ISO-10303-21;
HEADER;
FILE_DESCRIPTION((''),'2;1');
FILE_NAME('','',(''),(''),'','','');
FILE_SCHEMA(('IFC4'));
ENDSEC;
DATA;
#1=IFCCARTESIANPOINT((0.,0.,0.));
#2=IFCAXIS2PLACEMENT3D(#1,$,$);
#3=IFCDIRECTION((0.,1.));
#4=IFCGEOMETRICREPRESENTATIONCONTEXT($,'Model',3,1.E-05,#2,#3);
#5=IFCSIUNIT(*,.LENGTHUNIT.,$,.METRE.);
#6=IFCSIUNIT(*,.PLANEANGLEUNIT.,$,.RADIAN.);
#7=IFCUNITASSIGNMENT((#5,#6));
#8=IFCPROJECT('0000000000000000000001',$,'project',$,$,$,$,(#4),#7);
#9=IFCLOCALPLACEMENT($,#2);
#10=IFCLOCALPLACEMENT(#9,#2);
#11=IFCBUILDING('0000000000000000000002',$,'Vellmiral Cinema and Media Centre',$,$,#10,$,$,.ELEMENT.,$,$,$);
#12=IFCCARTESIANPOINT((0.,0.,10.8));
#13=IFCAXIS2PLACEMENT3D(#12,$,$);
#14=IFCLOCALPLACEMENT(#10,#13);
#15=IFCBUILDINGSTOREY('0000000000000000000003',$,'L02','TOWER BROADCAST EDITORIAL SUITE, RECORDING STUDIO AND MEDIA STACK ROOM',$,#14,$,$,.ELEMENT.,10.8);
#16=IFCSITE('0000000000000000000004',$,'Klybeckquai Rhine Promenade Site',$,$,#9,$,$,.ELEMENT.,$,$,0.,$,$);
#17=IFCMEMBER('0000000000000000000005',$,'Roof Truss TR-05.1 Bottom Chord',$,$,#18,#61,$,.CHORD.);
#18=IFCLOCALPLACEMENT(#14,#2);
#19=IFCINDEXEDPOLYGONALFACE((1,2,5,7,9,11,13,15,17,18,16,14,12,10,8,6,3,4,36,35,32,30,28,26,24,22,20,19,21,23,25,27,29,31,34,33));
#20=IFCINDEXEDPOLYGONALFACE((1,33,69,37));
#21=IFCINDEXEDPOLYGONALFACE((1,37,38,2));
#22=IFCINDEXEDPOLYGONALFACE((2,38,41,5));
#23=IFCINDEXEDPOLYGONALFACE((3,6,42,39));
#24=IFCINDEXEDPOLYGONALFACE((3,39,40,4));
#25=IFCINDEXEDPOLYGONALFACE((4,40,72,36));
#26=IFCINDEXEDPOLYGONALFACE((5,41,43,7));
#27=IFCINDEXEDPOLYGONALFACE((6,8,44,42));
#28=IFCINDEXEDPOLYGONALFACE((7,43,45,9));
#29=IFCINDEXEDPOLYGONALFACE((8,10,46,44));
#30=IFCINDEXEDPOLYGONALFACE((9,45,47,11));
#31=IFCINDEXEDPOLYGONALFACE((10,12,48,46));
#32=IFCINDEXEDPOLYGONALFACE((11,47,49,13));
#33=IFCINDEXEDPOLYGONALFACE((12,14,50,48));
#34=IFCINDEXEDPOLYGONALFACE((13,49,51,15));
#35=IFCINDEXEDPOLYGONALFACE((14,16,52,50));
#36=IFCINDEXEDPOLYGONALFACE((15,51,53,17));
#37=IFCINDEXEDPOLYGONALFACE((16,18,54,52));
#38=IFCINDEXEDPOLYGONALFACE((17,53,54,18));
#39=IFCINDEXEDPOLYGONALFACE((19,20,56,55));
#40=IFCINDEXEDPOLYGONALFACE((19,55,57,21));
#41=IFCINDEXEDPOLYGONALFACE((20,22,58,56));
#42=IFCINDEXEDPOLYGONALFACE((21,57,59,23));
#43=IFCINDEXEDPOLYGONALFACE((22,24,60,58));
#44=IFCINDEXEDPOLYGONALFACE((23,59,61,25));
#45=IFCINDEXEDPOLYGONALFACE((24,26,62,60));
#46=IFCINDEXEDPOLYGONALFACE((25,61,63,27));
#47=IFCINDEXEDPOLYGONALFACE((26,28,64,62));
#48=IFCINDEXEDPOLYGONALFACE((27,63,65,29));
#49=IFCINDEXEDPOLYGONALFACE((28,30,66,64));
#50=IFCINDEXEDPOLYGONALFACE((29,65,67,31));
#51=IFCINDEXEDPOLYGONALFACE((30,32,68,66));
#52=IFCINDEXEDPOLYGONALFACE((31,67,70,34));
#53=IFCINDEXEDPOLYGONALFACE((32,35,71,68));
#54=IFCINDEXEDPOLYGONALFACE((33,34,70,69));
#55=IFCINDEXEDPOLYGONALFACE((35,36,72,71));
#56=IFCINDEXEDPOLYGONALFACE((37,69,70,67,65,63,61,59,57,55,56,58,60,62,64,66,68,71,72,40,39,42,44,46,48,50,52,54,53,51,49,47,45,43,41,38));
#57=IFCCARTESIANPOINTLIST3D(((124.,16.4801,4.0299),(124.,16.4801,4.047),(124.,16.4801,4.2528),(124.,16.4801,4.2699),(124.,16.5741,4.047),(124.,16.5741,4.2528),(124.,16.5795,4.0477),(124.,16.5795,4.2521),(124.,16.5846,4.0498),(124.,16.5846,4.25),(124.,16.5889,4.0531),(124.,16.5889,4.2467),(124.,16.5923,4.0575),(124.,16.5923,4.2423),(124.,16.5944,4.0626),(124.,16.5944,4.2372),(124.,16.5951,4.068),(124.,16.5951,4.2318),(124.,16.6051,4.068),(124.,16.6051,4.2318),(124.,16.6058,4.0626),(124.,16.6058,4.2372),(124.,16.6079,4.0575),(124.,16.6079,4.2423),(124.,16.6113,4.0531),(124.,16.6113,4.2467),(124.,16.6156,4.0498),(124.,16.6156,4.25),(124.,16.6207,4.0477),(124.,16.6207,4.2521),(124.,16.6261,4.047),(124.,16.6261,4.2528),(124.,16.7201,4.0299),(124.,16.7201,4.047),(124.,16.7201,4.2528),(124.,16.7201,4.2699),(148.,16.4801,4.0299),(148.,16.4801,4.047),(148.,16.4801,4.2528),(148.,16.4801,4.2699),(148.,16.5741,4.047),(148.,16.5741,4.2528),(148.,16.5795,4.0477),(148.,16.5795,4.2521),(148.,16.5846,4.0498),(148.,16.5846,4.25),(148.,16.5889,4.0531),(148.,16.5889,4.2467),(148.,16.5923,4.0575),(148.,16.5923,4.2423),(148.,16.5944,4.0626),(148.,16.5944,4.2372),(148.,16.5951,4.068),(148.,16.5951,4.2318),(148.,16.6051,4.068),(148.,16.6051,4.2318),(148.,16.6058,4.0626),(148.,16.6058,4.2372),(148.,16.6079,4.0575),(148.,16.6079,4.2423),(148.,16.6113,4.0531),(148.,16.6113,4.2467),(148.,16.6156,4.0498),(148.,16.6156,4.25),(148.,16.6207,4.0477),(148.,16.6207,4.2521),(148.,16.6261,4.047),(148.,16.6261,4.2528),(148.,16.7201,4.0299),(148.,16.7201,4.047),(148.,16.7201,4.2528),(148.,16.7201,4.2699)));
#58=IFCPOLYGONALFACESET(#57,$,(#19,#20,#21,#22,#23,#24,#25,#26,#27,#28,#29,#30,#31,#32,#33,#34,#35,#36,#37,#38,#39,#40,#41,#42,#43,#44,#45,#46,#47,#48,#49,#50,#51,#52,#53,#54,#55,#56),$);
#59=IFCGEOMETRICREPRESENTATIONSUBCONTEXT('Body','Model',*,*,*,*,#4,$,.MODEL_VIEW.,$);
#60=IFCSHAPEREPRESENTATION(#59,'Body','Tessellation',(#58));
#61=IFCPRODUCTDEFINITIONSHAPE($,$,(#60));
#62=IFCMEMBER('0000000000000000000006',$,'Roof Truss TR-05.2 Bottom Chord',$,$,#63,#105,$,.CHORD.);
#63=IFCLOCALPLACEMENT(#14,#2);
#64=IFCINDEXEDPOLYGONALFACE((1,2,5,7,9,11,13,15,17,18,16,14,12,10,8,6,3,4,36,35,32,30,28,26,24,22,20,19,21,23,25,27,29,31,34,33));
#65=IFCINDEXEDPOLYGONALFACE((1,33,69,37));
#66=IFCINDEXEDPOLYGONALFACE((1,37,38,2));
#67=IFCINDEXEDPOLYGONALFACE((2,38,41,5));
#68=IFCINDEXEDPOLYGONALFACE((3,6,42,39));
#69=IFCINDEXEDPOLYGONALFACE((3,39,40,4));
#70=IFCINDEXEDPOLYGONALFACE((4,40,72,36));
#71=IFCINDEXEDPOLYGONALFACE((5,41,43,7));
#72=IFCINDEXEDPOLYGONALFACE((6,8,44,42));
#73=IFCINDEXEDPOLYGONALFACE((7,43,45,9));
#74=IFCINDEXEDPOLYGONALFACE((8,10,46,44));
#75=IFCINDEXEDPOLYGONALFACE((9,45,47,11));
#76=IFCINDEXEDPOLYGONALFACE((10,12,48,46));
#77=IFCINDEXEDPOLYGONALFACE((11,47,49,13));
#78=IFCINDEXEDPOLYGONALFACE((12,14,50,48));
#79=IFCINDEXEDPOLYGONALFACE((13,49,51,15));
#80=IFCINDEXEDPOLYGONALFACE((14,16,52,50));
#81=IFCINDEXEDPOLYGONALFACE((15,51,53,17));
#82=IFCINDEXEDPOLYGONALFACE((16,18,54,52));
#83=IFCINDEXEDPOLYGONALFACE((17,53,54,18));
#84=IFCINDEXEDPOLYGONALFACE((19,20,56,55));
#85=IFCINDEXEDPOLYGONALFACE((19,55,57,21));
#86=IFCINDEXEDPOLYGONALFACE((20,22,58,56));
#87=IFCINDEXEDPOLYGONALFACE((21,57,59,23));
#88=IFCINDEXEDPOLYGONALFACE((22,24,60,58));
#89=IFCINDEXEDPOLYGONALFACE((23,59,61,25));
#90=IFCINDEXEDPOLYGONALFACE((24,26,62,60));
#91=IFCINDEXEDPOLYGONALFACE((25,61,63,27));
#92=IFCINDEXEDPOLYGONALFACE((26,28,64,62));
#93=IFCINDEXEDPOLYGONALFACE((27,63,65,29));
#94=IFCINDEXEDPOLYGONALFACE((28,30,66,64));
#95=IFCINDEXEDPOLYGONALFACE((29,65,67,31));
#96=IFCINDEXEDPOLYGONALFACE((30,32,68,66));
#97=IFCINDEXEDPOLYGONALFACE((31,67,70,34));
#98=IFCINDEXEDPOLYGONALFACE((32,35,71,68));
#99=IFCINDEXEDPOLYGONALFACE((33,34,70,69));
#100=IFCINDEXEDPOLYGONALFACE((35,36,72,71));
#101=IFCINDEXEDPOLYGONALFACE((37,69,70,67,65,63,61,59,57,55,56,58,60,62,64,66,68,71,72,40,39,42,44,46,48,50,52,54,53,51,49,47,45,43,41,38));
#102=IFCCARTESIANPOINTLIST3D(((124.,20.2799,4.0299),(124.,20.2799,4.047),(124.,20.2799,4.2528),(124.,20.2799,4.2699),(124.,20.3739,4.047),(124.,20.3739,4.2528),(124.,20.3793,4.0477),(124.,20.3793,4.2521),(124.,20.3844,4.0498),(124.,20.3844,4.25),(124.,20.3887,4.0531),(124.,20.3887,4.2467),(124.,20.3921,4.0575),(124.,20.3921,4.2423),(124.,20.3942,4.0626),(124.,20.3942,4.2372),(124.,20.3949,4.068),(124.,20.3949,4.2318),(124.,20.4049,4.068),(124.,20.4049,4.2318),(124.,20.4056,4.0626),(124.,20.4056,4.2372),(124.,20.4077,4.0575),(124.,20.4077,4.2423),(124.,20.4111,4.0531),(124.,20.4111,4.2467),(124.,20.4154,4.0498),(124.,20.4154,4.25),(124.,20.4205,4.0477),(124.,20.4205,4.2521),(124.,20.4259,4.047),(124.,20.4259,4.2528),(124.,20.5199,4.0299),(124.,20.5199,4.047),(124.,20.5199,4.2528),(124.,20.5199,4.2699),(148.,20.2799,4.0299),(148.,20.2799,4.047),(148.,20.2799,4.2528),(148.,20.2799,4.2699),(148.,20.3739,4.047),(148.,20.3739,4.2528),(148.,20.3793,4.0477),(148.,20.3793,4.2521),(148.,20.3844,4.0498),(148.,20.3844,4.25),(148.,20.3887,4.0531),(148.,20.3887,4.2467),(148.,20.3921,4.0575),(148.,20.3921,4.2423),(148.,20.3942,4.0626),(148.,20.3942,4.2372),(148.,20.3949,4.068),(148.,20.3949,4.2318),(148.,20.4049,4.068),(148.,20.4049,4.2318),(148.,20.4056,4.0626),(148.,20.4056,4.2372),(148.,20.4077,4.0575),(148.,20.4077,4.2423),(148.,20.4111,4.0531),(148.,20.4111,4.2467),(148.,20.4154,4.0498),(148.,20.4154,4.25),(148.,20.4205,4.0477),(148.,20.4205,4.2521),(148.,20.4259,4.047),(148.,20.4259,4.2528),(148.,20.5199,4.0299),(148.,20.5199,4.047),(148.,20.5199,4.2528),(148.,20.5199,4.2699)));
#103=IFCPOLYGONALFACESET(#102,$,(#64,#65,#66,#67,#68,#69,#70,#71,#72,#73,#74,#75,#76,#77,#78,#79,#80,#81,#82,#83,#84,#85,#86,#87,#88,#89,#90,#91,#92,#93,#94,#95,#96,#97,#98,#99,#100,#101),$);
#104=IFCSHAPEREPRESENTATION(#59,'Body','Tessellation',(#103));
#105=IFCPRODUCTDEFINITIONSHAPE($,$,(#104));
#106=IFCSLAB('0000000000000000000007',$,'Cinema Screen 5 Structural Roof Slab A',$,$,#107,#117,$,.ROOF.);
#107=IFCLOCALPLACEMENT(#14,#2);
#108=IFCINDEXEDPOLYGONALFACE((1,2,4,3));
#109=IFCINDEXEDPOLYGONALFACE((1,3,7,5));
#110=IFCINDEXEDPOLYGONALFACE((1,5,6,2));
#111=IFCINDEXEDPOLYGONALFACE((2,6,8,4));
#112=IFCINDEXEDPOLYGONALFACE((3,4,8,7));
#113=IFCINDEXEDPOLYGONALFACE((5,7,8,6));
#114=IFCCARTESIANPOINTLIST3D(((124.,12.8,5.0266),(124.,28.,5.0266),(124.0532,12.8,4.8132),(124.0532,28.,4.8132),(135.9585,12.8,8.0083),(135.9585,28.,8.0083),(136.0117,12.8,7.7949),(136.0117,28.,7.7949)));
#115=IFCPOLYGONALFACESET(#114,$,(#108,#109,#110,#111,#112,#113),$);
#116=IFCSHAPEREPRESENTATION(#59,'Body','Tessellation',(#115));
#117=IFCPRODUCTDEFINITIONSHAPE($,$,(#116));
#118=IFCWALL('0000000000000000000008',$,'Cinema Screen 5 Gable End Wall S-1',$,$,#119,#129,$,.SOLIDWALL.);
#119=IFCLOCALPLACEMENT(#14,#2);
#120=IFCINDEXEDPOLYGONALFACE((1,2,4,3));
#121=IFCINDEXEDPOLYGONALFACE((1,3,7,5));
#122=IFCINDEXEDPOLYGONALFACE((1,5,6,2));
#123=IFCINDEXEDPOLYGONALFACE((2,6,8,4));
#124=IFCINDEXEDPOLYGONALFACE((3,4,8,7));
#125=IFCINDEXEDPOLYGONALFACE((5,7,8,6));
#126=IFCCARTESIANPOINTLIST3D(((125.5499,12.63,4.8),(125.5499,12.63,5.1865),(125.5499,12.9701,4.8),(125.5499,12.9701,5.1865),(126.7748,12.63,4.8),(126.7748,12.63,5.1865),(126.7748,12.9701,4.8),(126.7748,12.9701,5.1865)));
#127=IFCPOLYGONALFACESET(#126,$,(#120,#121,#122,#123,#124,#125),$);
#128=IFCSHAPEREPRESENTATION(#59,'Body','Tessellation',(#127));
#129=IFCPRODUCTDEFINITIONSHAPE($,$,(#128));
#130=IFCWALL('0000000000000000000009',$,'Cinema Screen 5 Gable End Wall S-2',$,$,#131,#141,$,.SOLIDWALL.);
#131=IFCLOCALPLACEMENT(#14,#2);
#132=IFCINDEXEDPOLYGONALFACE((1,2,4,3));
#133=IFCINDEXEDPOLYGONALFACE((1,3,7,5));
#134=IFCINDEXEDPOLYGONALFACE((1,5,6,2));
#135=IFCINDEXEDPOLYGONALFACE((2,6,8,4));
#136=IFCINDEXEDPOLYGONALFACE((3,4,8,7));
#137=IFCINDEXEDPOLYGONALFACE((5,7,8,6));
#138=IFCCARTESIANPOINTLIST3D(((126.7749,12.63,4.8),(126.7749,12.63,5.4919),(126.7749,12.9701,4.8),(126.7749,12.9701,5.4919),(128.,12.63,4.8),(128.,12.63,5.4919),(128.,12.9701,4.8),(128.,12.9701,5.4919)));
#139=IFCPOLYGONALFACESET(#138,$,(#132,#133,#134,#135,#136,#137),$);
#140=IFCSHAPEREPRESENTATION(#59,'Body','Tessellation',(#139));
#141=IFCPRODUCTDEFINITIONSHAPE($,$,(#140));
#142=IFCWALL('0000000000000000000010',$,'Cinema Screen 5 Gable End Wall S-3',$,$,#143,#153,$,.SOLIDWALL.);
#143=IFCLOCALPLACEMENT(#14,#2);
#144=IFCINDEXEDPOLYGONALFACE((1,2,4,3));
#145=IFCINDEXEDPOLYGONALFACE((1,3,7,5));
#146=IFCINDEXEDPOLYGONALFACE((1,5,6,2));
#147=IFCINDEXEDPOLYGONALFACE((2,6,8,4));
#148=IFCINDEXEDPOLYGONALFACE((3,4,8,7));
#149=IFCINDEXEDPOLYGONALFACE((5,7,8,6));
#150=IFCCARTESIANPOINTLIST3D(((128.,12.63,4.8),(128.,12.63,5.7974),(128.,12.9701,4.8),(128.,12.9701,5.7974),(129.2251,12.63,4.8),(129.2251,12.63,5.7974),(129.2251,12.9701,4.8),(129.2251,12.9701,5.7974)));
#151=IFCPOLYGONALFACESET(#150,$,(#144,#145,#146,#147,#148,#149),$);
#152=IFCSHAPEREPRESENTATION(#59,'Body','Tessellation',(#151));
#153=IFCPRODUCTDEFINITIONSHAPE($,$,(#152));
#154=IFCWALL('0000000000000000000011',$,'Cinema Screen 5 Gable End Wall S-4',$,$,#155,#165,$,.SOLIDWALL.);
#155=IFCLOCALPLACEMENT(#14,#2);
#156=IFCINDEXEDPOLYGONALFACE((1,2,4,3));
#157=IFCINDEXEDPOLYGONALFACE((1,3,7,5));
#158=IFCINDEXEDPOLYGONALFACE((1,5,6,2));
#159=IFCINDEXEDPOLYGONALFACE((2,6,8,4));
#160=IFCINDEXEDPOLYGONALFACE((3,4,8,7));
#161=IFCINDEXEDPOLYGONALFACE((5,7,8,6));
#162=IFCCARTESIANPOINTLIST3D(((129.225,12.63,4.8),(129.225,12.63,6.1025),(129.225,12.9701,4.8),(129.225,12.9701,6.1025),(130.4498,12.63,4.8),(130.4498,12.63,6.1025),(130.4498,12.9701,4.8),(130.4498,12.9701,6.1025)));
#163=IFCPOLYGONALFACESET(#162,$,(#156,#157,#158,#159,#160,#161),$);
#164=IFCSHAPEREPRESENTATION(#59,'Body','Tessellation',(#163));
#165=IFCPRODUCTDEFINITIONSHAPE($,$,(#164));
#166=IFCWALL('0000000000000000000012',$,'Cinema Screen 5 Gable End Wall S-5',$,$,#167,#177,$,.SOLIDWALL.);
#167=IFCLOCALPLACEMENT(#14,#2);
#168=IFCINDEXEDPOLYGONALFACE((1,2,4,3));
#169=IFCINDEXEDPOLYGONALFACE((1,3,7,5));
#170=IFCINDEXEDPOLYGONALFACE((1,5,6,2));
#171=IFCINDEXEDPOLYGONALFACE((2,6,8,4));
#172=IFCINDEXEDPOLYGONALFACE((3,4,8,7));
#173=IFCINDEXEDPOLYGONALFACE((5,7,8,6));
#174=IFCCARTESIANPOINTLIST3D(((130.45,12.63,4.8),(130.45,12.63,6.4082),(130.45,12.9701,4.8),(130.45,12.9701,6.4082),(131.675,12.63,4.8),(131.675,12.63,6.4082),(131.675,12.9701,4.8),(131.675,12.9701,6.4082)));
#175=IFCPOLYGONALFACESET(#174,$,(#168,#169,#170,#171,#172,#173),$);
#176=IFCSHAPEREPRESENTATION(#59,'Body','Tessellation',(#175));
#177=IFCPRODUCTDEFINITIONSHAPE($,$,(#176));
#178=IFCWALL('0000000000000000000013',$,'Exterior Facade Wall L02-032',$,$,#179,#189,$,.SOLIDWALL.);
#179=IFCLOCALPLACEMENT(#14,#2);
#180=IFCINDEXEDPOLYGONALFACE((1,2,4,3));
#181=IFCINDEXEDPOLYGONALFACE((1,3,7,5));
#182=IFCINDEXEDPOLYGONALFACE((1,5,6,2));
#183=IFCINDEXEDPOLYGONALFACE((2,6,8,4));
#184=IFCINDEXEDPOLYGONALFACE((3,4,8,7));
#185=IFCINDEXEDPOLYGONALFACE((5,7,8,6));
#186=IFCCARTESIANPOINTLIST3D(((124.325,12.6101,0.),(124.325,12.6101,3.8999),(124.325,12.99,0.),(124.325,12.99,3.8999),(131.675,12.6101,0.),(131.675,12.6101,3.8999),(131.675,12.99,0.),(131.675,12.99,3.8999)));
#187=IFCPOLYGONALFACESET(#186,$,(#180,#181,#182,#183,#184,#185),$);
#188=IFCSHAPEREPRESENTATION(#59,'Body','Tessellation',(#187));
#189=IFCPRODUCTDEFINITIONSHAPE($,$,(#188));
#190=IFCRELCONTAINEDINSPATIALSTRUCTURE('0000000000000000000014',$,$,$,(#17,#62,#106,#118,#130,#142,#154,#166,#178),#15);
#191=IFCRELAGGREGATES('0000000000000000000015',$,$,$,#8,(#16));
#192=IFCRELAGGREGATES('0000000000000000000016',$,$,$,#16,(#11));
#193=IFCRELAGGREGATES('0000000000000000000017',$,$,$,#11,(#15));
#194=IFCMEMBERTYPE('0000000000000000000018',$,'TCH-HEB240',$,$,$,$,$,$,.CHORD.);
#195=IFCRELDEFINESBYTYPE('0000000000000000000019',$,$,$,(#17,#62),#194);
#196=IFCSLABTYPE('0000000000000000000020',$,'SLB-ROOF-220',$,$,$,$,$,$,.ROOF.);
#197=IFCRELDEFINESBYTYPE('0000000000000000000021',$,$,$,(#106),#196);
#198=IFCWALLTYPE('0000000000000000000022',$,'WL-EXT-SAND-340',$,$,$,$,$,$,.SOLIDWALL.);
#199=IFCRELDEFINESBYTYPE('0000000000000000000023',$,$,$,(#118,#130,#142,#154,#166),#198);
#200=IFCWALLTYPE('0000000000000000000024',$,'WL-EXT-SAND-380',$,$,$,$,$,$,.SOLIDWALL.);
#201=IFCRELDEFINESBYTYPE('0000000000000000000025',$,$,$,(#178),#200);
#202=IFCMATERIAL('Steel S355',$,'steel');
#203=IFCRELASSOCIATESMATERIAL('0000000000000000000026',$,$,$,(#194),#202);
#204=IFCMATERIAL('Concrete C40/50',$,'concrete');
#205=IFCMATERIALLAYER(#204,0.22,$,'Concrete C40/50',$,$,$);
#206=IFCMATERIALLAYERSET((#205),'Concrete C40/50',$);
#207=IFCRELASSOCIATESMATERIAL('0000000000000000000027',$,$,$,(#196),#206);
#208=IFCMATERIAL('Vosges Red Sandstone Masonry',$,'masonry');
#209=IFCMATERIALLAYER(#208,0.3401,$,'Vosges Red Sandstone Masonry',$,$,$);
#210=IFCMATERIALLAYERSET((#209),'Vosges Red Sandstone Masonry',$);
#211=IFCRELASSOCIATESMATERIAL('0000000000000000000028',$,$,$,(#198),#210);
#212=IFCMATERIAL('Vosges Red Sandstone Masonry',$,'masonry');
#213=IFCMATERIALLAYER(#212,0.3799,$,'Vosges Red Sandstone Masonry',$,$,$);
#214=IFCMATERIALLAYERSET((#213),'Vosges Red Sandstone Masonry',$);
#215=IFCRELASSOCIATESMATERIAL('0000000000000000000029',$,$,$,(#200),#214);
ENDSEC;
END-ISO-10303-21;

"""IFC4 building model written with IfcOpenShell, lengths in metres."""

from ifc_helpers import new_model, si_unit, direction, frame, frame_2d, origin, origin_2d, place, context, subcontext, project, spatial, polyline, rectangle, i_section, outline, extrude, material, layer, layer_set, material_profile, profile_set, type_object, element, save


model = new_model("IFC4")

# Units and contexts
model_context = context("Model", 3, precision=1e-05, world=origin(), true_north=direction((0.0, 1.0)))
body_context = subcontext(model_context, "Body", "Model", "MODEL_VIEW")
ifc_project = project(units=[si_unit("LENGTHUNIT", "METRE"), si_unit("PLANEANGLEUNIT", "RADIAN")], contexts=[model_context])

# Site, building, storey
site_placement = place(None, origin())
site = spatial("IfcSite", under=ifc_project, at=site_placement, Name="Klybeckquai Rhine Promenade Site", CompositionType="ELEMENT", RefElevation=0.0)
building_placement = place(site_placement, origin())
building = spatial("IfcBuilding", under=site, at=building_placement, Name="Vellmiral Cinema and Media Centre", CompositionType="ELEMENT")
storey_placement = place(building_placement, frame((0.0, 0.0, 10.8)))
storey = spatial("IfcBuildingStorey", under=building, at=storey_placement, Name="L02", Description="TOWER BROADCAST EDITORIAL SUITE, RECORDING STUDIO AND MEDIA STACK ROOM", CompositionType="ELEMENT", Elevation=10.8)

# Members
ifc_material_1 = material(Name="Steel S355", Category="steel")
ifc_material_profile_1 = material_profile(ifc_material_1, i_section(OverallWidth=0.24, OverallDepth=0.24, WebThickness=0.01, FlangeThickness=0.0171, FilletRadius=0.021, at=origin_2d()), Name="HEB 240")
ifc_profile_set_1 = profile_set([ifc_material_profile_1], Name="Steel S355")
member_type_1 = type_object("IfcMemberType", Name="TCH-HEB240", PredefinedType="CHORD", material=ifc_profile_set_1)
for number, where, z_axis, x_axis, name in (
    (1, (124.0, 16.6001, 4.1499), (1.0, 0.0, 0.0), (0.0, 1.0, 0.0), "Roof Truss TR-05.1 Bottom Chord"),
    (2, (124.0, 20.3999, 4.1499), (1.0, 0.0, 0.0), (0.0, 1.0, 0.0), "Roof Truss TR-05.2 Bottom Chord"),
):
    element("IfcMember", number, at=place(storey_placement, frame(where, z_axis=z_axis, x_axis=x_axis)), inside=storey, type_object=member_type_1, Name=name, PredefinedType="CHORD", context=body_context, shape_type="SweptSolid", body=[
        extrude(i_section(OverallWidth=0.24, OverallDepth=0.24, WebThickness=0.01, FlangeThickness=0.0171, FilletRadius=0.021, at=origin_2d()), origin(), (0.0, 0.0, 1.0), 24.0),
    ])

# Slab
ifc_material_2 = material(Name="Concrete C40/50", Category="concrete")
ifc_layer_1 = layer(ifc_material_2, 0.22, Name="Concrete C40/50")
ifc_layer_set_1 = layer_set([ifc_layer_1], Name="Concrete C40/50")
slab_type = type_object("IfcSlabType", Name="SLB-ROOF-220", PredefinedType="ROOF", material=ifc_layer_set_1)
slab_placement = place(storey_placement, frame((124.0, 12.8, 5.0266), z_axis=(-0.24193, 0.0, 0.970294), x_axis=(0.970294, 0.0, 0.24193)))
element("IfcSlab", 3, at=slab_placement, inside=storey, type_object=slab_type, Name="Cinema Screen 5 Structural Roof Slab A", PredefinedType="ROOF", context=body_context, shape_type="SweptSolid", body=[
    extrude(outline(polyline([(0.0, 0.0), (12.3246, 0.0), (12.3246, 15.2), (0.0, 15.2), (0.0, 0.0)])), origin(), (0.0, 0.0, -1.0), 0.22),
])

# Walls
ifc_material_3 = material(Name="Vosges Red Sandstone Masonry", Category="masonry")
ifc_layer_2 = layer(ifc_material_3, 0.3401, Name="Vosges Red Sandstone Masonry")
ifc_layer_set_2 = layer_set([ifc_layer_2], Name="Vosges Red Sandstone Masonry")
wall_type_1 = type_object("IfcWallType", Name="WL-EXT-SAND-340", PredefinedType="SOLIDWALL", material=ifc_layer_set_2)
wall_1_placement = place(storey_placement, frame((125.55, 12.8, 4.8), z_axis=(0.0, 0.0, 1.0), x_axis=(1.0, 0.0, 0.0)))
element("IfcWall", 4, at=wall_1_placement, inside=storey, type_object=wall_type_1, Name="Cinema Screen 5 Gable End Wall S-1", PredefinedType="SOLIDWALL", context=body_context, shape_type="SweptSolid", body=[
    extrude(rectangle(XDim=1.2249, YDim=0.3401, at=frame_2d((0.6123, 0.0))), origin(), (0.0, 0.0, 1.0), 0.3865),
])
wall_2_placement = place(storey_placement, frame((126.7749, 12.8, 4.8), z_axis=(0.0, 0.0, 1.0), x_axis=(1.0, 0.0, 0.0)))
element("IfcWall", 5, at=wall_2_placement, inside=storey, type_object=wall_type_1, Name="Cinema Screen 5 Gable End Wall S-2", PredefinedType="SOLIDWALL", context=body_context, shape_type="SweptSolid", body=[
    extrude(rectangle(XDim=1.2251, YDim=0.3401, at=frame_2d((0.6125, 0.0))), origin(), (0.0, 0.0, 1.0), 0.6919),
])
wall_3_placement = place(storey_placement, frame((128.0, 12.8, 4.8), z_axis=(0.0, 0.0, 1.0), x_axis=(1.0, 0.0, 0.0)))
element("IfcWall", 6, at=wall_3_placement, inside=storey, type_object=wall_type_1, Name="Cinema Screen 5 Gable End Wall S-3", PredefinedType="SOLIDWALL", context=body_context, shape_type="SweptSolid", body=[
    extrude(rectangle(XDim=1.2251, YDim=0.3401, at=frame_2d((0.6125, 0.0))), origin(), (0.0, 0.0, 1.0), 0.9973),
])
wall_4_placement = place(storey_placement, frame((129.2251, 12.8, 4.8), z_axis=(0.0, 0.0, 1.0), x_axis=(1.0, 0.0, 0.0)))
element("IfcWall", 7, at=wall_4_placement, inside=storey, type_object=wall_type_1, Name="Cinema Screen 5 Gable End Wall S-4", PredefinedType="SOLIDWALL", context=body_context, shape_type="SweptSolid", body=[
    extrude(rectangle(XDim=1.2249, YDim=0.3401, at=frame_2d((0.6123, 0.0))), origin(), (0.0, 0.0, 1.0), 1.3025),
])
wall_5_placement = place(storey_placement, frame((130.45, 12.8, 4.8), z_axis=(0.0, 0.0, 1.0), x_axis=(1.0, 0.0, 0.0)))
element("IfcWall", 8, at=wall_5_placement, inside=storey, type_object=wall_type_1, Name="Cinema Screen 5 Gable End Wall S-5", PredefinedType="SOLIDWALL", context=body_context, shape_type="SweptSolid", body=[
    extrude(rectangle(XDim=1.2251, YDim=0.3401, at=frame_2d((0.6125, 0.0))), origin(), (0.0, 0.0, 1.0), 1.6082),
])
ifc_material_4 = material(Name="Vosges Red Sandstone Masonry", Category="masonry")
ifc_layer_3 = layer(ifc_material_4, 0.3799, Name="Vosges Red Sandstone Masonry")
ifc_layer_set_3 = layer_set([ifc_layer_3], Name="Vosges Red Sandstone Masonry")
wall_type_2 = type_object("IfcWallType", Name="WL-EXT-SAND-380", PredefinedType="SOLIDWALL", material=ifc_layer_set_3)
wall_6_placement = place(storey_placement, frame((124.325, 12.8, 0.0), z_axis=(0.0, 0.0, 1.0), x_axis=(1.0, 0.0, 0.0)))
element("IfcWall", 9, at=wall_6_placement, inside=storey, type_object=wall_type_2, Name="Exterior Facade Wall L02-032", PredefinedType="SOLIDWALL", context=body_context, shape_type="SweptSolid", body=[
    extrude(rectangle(XDim=7.3501, YDim=0.3799, at=frame_2d((3.675, 0.0))), origin(), (0.0, 0.0, 1.0), 3.8999),
])

save(model, "model.ifc")
